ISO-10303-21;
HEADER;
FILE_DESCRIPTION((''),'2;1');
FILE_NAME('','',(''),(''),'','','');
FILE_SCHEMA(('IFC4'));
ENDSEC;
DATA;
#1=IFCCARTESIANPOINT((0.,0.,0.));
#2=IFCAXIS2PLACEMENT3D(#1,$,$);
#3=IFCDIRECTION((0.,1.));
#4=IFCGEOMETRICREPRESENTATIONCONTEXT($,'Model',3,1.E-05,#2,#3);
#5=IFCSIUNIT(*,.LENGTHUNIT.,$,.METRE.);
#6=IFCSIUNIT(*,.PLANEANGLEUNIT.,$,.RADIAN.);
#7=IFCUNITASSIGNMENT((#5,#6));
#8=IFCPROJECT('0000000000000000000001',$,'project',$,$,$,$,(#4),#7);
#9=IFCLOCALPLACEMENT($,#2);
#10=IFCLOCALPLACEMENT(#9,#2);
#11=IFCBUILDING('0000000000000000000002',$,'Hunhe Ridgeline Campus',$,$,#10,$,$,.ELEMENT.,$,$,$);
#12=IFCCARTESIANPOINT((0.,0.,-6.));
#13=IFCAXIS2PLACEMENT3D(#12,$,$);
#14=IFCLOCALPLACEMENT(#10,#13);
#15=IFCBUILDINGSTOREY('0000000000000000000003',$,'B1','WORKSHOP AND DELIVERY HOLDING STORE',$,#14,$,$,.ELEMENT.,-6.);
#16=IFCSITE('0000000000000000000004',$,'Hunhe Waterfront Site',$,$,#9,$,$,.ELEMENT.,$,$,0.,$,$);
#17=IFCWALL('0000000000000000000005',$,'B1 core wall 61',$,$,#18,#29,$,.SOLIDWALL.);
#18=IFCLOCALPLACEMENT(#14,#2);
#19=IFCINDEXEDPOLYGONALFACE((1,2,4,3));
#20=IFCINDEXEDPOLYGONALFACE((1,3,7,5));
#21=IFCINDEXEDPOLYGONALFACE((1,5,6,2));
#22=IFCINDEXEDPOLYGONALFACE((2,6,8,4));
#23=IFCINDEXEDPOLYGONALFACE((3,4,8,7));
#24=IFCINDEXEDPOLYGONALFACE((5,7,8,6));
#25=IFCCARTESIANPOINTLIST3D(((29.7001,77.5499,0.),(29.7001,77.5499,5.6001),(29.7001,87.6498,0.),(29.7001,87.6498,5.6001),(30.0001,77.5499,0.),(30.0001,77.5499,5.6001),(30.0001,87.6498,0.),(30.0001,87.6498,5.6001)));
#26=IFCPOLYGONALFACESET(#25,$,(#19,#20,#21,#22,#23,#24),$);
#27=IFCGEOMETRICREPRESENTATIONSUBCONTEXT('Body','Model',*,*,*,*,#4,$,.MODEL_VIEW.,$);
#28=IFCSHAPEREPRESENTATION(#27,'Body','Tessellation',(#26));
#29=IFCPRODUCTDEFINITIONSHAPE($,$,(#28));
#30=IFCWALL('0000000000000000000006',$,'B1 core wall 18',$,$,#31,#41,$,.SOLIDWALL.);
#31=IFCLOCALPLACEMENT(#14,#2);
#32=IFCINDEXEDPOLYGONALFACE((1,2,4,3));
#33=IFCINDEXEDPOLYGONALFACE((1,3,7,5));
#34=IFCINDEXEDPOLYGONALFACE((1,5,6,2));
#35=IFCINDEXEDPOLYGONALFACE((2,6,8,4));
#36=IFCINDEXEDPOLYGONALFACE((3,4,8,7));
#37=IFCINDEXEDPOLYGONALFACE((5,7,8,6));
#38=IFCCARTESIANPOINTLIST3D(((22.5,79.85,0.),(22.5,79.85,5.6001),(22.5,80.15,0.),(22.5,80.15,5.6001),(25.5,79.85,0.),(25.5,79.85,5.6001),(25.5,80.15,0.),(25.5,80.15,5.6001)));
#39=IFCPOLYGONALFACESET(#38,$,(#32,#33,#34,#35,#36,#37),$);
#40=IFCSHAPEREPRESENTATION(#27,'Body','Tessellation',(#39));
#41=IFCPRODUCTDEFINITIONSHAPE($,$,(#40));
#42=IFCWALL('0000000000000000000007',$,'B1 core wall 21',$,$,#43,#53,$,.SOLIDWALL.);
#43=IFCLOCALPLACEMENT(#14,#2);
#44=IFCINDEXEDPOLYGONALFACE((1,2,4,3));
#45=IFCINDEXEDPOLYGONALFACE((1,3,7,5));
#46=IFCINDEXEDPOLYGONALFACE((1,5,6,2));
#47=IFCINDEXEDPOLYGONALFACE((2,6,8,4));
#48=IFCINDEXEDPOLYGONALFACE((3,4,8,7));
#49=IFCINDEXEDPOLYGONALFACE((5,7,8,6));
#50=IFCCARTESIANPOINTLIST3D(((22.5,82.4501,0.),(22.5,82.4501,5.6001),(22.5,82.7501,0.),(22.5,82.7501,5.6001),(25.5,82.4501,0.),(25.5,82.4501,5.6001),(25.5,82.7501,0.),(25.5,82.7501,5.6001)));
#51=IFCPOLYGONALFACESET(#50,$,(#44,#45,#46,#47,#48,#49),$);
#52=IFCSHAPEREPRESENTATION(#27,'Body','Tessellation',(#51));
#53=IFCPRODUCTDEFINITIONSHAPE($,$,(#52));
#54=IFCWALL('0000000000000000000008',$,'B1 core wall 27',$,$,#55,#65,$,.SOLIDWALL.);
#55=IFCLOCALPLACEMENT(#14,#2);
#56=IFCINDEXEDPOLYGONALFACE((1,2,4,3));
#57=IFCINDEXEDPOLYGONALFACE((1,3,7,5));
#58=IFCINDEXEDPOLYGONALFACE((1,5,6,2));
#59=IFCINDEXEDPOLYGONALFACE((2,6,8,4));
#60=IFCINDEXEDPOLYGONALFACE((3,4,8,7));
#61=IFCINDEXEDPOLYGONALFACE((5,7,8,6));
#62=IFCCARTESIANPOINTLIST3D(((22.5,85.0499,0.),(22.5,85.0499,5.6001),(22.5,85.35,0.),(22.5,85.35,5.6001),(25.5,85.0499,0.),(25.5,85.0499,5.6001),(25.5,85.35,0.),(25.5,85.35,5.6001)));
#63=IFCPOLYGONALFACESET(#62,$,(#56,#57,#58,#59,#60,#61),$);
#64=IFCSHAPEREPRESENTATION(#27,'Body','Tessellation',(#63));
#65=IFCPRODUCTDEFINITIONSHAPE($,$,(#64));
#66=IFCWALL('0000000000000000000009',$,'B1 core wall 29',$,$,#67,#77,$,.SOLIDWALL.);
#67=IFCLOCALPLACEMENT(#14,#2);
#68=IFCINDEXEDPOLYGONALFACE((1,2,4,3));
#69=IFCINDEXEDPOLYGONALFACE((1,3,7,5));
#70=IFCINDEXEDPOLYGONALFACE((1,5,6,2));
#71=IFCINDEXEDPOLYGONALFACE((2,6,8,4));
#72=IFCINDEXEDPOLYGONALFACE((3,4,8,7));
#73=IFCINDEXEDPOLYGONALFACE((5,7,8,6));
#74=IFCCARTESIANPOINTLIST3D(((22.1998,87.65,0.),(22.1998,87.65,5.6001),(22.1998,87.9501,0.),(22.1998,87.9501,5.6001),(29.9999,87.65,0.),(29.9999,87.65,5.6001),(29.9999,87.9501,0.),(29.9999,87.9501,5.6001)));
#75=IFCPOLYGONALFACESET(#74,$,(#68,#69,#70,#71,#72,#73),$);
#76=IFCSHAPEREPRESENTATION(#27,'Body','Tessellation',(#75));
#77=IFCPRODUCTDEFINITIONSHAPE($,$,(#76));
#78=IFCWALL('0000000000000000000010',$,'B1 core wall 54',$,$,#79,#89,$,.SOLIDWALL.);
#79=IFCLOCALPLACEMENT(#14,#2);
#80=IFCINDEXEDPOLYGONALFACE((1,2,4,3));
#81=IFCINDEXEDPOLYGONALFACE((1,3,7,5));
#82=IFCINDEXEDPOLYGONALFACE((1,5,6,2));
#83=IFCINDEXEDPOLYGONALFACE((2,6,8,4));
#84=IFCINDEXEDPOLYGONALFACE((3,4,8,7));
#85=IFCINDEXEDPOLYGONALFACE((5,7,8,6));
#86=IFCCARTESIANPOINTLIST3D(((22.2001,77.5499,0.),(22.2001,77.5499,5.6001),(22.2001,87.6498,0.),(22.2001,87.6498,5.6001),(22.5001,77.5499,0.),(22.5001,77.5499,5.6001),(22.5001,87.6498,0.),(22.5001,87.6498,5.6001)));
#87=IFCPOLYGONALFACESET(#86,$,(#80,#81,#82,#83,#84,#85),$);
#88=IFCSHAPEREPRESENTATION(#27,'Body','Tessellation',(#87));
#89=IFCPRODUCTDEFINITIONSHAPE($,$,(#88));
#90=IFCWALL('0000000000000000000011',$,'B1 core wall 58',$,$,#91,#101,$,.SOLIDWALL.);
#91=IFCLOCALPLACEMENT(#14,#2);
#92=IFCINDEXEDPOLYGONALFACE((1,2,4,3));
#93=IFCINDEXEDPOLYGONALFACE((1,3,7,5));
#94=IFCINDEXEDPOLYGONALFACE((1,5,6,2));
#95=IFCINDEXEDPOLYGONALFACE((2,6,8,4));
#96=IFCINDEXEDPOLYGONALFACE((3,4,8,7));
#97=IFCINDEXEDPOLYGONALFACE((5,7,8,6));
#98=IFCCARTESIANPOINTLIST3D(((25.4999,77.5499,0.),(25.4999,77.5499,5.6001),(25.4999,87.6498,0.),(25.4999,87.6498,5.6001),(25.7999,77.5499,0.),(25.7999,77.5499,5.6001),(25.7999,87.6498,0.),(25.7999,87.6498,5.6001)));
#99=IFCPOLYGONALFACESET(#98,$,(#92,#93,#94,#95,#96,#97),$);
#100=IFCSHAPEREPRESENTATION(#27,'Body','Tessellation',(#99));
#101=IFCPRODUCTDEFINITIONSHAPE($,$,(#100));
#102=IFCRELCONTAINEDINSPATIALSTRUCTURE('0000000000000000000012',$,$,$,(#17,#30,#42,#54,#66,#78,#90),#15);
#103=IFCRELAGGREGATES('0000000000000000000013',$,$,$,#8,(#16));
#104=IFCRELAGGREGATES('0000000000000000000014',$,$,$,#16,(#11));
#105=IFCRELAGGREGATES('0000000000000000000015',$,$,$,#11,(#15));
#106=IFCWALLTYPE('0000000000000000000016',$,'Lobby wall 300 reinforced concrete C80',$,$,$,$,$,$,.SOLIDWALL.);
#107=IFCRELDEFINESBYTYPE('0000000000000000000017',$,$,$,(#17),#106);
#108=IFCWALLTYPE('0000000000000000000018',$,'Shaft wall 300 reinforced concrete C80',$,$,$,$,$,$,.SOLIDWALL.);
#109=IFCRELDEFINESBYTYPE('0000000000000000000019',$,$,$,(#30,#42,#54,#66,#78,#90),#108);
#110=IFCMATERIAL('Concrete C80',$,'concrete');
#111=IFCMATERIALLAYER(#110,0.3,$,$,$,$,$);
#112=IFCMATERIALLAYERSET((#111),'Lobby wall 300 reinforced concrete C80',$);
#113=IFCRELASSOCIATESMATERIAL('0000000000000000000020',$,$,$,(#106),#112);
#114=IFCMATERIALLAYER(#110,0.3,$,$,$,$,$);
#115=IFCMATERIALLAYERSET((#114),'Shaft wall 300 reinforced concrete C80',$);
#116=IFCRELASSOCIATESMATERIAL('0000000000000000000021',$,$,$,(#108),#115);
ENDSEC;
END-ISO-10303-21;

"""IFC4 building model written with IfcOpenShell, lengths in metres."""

from ifc_helpers import new_model, si_unit, direction, frame, frame_2d, origin, place, context, subcontext, project, spatial, rectangle, extrude, material, layer, layer_set, type_object, element, save


model = new_model("IFC4")

# Units and contexts
model_context = context("Model", 3, precision=1e-05, world=origin(), true_north=direction((0.0, 1.0)))
body_context = subcontext(model_context, "Body", "Model", "MODEL_VIEW")
ifc_project = project(units=[si_unit("LENGTHUNIT", "METRE"), si_unit("PLANEANGLEUNIT", "RADIAN")], contexts=[model_context])

# Site, building, storey
site_placement = place(None, origin())
site = spatial("IfcSite", under=ifc_project, at=site_placement, Name="Hunhe Waterfront Site", CompositionType="ELEMENT", RefElevation=0.0)
building_placement = place(site_placement, origin())
building = spatial("IfcBuilding", under=site, at=building_placement, Name="Hunhe Ridgeline Campus", CompositionType="ELEMENT")
storey_placement = place(building_placement, frame((0.0, 0.0, -6.0)))
storey = spatial("IfcBuildingStorey", under=building, at=storey_placement, Name="B1", Description="WORKSHOP AND DELIVERY HOLDING STORE", CompositionType="ELEMENT", Elevation=-6.0)

# Shared definitions
ifc_material_1 = material(Name="Concrete C80", Category="concrete")
ifc_layer_1 = layer(ifc_material_1, 0.3)
ifc_layer_set_1 = layer_set([ifc_layer_1], Name="Lobby wall 300 reinforced concrete C80")
wall_type_1 = type_object("IfcWallType", Name="Lobby wall 300 reinforced concrete C80", PredefinedType="SOLIDWALL", material=ifc_layer_set_1)

# Walls
wall_1_placement = place(storey_placement, frame((29.8501, 77.55, 0.0), z_axis=(0.0, 0.0, 1.0), x_axis=(0.0, 1.0, 0.0)))
element("IfcWall", 1, at=wall_1_placement, inside=storey, type_object=wall_type_1, Name="B1 core wall 61", PredefinedType="SOLIDWALL", context=body_context, shape_type="SweptSolid", body=[
    extrude(rectangle(XDim=10.0999, YDim=0.3, at=frame_2d((5.0498, 0.0))), origin(), (0.0, 0.0, 1.0), 5.6001),
])
ifc_layer_2 = layer(ifc_material_1, 0.3)
ifc_layer_set_2 = layer_set([ifc_layer_2], Name="Shaft wall 300 reinforced concrete C80")
wall_type_2 = type_object("IfcWallType", Name="Shaft wall 300 reinforced concrete C80", PredefinedType="SOLIDWALL", material=ifc_layer_set_2)
for number, where, z_axis, x_axis, name in (
    (2, (22.5, 80.0, 0.0), (0.0, 0.0, 1.0), (1.0, 0.0, 0.0), "B1 core wall 18"),
    (3, (22.5, 82.6001, 0.0), (0.0, 0.0, 1.0), (1.0, 0.0, 0.0), "B1 core wall 21"),
    (4, (22.5, 85.2, 0.0), (0.0, 0.0, 1.0), (1.0, 0.0, 0.0), "B1 core wall 27"),
):
    element("IfcWall", number, at=place(storey_placement, frame(where, z_axis=z_axis, x_axis=x_axis)), inside=storey, type_object=wall_type_2, Name=name, PredefinedType="SOLIDWALL", context=body_context, shape_type="SweptSolid", body=[
        extrude(rectangle(XDim=3.0, YDim=0.3, at=frame_2d((1.5, 0.0))), origin(), (0.0, 0.0, 1.0), 5.6001),
    ])
wall_2_placement = place(storey_placement, frame((22.2, 87.8, 0.0), z_axis=(0.0, 0.0, 1.0), x_axis=(1.0, 0.0, 0.0)))
element("IfcWall", 5, at=wall_2_placement, inside=storey, type_object=wall_type_2, Name="B1 core wall 29", PredefinedType="SOLIDWALL", context=body_context, shape_type="SweptSolid", body=[
    extrude(rectangle(XDim=7.8, YDim=0.3, at=frame_2d((3.8999, 0.0))), origin(), (0.0, 0.0, 1.0), 5.6001),
])
for number, where, z_axis, x_axis, name in (
    (6, (22.3501, 77.55, 0.0), (0.0, 0.0, 1.0), (0.0, 1.0, 0.0), "B1 core wall 54"),
    (7, (25.6499, 77.55, 0.0), (0.0, 0.0, 1.0), (0.0, 1.0, 0.0), "B1 core wall 58"),
):
    element("IfcWall", number, at=place(storey_placement, frame(where, z_axis=z_axis, x_axis=x_axis)), inside=storey, type_object=wall_type_2, Name=name, PredefinedType="SOLIDWALL", context=body_context, shape_type="SweptSolid", body=[
        extrude(rectangle(XDim=10.0999, YDim=0.3, at=frame_2d((5.0498, 0.0))), origin(), (0.0, 0.0, 1.0), 5.6001),
    ])

save(model, "model.ifc")
